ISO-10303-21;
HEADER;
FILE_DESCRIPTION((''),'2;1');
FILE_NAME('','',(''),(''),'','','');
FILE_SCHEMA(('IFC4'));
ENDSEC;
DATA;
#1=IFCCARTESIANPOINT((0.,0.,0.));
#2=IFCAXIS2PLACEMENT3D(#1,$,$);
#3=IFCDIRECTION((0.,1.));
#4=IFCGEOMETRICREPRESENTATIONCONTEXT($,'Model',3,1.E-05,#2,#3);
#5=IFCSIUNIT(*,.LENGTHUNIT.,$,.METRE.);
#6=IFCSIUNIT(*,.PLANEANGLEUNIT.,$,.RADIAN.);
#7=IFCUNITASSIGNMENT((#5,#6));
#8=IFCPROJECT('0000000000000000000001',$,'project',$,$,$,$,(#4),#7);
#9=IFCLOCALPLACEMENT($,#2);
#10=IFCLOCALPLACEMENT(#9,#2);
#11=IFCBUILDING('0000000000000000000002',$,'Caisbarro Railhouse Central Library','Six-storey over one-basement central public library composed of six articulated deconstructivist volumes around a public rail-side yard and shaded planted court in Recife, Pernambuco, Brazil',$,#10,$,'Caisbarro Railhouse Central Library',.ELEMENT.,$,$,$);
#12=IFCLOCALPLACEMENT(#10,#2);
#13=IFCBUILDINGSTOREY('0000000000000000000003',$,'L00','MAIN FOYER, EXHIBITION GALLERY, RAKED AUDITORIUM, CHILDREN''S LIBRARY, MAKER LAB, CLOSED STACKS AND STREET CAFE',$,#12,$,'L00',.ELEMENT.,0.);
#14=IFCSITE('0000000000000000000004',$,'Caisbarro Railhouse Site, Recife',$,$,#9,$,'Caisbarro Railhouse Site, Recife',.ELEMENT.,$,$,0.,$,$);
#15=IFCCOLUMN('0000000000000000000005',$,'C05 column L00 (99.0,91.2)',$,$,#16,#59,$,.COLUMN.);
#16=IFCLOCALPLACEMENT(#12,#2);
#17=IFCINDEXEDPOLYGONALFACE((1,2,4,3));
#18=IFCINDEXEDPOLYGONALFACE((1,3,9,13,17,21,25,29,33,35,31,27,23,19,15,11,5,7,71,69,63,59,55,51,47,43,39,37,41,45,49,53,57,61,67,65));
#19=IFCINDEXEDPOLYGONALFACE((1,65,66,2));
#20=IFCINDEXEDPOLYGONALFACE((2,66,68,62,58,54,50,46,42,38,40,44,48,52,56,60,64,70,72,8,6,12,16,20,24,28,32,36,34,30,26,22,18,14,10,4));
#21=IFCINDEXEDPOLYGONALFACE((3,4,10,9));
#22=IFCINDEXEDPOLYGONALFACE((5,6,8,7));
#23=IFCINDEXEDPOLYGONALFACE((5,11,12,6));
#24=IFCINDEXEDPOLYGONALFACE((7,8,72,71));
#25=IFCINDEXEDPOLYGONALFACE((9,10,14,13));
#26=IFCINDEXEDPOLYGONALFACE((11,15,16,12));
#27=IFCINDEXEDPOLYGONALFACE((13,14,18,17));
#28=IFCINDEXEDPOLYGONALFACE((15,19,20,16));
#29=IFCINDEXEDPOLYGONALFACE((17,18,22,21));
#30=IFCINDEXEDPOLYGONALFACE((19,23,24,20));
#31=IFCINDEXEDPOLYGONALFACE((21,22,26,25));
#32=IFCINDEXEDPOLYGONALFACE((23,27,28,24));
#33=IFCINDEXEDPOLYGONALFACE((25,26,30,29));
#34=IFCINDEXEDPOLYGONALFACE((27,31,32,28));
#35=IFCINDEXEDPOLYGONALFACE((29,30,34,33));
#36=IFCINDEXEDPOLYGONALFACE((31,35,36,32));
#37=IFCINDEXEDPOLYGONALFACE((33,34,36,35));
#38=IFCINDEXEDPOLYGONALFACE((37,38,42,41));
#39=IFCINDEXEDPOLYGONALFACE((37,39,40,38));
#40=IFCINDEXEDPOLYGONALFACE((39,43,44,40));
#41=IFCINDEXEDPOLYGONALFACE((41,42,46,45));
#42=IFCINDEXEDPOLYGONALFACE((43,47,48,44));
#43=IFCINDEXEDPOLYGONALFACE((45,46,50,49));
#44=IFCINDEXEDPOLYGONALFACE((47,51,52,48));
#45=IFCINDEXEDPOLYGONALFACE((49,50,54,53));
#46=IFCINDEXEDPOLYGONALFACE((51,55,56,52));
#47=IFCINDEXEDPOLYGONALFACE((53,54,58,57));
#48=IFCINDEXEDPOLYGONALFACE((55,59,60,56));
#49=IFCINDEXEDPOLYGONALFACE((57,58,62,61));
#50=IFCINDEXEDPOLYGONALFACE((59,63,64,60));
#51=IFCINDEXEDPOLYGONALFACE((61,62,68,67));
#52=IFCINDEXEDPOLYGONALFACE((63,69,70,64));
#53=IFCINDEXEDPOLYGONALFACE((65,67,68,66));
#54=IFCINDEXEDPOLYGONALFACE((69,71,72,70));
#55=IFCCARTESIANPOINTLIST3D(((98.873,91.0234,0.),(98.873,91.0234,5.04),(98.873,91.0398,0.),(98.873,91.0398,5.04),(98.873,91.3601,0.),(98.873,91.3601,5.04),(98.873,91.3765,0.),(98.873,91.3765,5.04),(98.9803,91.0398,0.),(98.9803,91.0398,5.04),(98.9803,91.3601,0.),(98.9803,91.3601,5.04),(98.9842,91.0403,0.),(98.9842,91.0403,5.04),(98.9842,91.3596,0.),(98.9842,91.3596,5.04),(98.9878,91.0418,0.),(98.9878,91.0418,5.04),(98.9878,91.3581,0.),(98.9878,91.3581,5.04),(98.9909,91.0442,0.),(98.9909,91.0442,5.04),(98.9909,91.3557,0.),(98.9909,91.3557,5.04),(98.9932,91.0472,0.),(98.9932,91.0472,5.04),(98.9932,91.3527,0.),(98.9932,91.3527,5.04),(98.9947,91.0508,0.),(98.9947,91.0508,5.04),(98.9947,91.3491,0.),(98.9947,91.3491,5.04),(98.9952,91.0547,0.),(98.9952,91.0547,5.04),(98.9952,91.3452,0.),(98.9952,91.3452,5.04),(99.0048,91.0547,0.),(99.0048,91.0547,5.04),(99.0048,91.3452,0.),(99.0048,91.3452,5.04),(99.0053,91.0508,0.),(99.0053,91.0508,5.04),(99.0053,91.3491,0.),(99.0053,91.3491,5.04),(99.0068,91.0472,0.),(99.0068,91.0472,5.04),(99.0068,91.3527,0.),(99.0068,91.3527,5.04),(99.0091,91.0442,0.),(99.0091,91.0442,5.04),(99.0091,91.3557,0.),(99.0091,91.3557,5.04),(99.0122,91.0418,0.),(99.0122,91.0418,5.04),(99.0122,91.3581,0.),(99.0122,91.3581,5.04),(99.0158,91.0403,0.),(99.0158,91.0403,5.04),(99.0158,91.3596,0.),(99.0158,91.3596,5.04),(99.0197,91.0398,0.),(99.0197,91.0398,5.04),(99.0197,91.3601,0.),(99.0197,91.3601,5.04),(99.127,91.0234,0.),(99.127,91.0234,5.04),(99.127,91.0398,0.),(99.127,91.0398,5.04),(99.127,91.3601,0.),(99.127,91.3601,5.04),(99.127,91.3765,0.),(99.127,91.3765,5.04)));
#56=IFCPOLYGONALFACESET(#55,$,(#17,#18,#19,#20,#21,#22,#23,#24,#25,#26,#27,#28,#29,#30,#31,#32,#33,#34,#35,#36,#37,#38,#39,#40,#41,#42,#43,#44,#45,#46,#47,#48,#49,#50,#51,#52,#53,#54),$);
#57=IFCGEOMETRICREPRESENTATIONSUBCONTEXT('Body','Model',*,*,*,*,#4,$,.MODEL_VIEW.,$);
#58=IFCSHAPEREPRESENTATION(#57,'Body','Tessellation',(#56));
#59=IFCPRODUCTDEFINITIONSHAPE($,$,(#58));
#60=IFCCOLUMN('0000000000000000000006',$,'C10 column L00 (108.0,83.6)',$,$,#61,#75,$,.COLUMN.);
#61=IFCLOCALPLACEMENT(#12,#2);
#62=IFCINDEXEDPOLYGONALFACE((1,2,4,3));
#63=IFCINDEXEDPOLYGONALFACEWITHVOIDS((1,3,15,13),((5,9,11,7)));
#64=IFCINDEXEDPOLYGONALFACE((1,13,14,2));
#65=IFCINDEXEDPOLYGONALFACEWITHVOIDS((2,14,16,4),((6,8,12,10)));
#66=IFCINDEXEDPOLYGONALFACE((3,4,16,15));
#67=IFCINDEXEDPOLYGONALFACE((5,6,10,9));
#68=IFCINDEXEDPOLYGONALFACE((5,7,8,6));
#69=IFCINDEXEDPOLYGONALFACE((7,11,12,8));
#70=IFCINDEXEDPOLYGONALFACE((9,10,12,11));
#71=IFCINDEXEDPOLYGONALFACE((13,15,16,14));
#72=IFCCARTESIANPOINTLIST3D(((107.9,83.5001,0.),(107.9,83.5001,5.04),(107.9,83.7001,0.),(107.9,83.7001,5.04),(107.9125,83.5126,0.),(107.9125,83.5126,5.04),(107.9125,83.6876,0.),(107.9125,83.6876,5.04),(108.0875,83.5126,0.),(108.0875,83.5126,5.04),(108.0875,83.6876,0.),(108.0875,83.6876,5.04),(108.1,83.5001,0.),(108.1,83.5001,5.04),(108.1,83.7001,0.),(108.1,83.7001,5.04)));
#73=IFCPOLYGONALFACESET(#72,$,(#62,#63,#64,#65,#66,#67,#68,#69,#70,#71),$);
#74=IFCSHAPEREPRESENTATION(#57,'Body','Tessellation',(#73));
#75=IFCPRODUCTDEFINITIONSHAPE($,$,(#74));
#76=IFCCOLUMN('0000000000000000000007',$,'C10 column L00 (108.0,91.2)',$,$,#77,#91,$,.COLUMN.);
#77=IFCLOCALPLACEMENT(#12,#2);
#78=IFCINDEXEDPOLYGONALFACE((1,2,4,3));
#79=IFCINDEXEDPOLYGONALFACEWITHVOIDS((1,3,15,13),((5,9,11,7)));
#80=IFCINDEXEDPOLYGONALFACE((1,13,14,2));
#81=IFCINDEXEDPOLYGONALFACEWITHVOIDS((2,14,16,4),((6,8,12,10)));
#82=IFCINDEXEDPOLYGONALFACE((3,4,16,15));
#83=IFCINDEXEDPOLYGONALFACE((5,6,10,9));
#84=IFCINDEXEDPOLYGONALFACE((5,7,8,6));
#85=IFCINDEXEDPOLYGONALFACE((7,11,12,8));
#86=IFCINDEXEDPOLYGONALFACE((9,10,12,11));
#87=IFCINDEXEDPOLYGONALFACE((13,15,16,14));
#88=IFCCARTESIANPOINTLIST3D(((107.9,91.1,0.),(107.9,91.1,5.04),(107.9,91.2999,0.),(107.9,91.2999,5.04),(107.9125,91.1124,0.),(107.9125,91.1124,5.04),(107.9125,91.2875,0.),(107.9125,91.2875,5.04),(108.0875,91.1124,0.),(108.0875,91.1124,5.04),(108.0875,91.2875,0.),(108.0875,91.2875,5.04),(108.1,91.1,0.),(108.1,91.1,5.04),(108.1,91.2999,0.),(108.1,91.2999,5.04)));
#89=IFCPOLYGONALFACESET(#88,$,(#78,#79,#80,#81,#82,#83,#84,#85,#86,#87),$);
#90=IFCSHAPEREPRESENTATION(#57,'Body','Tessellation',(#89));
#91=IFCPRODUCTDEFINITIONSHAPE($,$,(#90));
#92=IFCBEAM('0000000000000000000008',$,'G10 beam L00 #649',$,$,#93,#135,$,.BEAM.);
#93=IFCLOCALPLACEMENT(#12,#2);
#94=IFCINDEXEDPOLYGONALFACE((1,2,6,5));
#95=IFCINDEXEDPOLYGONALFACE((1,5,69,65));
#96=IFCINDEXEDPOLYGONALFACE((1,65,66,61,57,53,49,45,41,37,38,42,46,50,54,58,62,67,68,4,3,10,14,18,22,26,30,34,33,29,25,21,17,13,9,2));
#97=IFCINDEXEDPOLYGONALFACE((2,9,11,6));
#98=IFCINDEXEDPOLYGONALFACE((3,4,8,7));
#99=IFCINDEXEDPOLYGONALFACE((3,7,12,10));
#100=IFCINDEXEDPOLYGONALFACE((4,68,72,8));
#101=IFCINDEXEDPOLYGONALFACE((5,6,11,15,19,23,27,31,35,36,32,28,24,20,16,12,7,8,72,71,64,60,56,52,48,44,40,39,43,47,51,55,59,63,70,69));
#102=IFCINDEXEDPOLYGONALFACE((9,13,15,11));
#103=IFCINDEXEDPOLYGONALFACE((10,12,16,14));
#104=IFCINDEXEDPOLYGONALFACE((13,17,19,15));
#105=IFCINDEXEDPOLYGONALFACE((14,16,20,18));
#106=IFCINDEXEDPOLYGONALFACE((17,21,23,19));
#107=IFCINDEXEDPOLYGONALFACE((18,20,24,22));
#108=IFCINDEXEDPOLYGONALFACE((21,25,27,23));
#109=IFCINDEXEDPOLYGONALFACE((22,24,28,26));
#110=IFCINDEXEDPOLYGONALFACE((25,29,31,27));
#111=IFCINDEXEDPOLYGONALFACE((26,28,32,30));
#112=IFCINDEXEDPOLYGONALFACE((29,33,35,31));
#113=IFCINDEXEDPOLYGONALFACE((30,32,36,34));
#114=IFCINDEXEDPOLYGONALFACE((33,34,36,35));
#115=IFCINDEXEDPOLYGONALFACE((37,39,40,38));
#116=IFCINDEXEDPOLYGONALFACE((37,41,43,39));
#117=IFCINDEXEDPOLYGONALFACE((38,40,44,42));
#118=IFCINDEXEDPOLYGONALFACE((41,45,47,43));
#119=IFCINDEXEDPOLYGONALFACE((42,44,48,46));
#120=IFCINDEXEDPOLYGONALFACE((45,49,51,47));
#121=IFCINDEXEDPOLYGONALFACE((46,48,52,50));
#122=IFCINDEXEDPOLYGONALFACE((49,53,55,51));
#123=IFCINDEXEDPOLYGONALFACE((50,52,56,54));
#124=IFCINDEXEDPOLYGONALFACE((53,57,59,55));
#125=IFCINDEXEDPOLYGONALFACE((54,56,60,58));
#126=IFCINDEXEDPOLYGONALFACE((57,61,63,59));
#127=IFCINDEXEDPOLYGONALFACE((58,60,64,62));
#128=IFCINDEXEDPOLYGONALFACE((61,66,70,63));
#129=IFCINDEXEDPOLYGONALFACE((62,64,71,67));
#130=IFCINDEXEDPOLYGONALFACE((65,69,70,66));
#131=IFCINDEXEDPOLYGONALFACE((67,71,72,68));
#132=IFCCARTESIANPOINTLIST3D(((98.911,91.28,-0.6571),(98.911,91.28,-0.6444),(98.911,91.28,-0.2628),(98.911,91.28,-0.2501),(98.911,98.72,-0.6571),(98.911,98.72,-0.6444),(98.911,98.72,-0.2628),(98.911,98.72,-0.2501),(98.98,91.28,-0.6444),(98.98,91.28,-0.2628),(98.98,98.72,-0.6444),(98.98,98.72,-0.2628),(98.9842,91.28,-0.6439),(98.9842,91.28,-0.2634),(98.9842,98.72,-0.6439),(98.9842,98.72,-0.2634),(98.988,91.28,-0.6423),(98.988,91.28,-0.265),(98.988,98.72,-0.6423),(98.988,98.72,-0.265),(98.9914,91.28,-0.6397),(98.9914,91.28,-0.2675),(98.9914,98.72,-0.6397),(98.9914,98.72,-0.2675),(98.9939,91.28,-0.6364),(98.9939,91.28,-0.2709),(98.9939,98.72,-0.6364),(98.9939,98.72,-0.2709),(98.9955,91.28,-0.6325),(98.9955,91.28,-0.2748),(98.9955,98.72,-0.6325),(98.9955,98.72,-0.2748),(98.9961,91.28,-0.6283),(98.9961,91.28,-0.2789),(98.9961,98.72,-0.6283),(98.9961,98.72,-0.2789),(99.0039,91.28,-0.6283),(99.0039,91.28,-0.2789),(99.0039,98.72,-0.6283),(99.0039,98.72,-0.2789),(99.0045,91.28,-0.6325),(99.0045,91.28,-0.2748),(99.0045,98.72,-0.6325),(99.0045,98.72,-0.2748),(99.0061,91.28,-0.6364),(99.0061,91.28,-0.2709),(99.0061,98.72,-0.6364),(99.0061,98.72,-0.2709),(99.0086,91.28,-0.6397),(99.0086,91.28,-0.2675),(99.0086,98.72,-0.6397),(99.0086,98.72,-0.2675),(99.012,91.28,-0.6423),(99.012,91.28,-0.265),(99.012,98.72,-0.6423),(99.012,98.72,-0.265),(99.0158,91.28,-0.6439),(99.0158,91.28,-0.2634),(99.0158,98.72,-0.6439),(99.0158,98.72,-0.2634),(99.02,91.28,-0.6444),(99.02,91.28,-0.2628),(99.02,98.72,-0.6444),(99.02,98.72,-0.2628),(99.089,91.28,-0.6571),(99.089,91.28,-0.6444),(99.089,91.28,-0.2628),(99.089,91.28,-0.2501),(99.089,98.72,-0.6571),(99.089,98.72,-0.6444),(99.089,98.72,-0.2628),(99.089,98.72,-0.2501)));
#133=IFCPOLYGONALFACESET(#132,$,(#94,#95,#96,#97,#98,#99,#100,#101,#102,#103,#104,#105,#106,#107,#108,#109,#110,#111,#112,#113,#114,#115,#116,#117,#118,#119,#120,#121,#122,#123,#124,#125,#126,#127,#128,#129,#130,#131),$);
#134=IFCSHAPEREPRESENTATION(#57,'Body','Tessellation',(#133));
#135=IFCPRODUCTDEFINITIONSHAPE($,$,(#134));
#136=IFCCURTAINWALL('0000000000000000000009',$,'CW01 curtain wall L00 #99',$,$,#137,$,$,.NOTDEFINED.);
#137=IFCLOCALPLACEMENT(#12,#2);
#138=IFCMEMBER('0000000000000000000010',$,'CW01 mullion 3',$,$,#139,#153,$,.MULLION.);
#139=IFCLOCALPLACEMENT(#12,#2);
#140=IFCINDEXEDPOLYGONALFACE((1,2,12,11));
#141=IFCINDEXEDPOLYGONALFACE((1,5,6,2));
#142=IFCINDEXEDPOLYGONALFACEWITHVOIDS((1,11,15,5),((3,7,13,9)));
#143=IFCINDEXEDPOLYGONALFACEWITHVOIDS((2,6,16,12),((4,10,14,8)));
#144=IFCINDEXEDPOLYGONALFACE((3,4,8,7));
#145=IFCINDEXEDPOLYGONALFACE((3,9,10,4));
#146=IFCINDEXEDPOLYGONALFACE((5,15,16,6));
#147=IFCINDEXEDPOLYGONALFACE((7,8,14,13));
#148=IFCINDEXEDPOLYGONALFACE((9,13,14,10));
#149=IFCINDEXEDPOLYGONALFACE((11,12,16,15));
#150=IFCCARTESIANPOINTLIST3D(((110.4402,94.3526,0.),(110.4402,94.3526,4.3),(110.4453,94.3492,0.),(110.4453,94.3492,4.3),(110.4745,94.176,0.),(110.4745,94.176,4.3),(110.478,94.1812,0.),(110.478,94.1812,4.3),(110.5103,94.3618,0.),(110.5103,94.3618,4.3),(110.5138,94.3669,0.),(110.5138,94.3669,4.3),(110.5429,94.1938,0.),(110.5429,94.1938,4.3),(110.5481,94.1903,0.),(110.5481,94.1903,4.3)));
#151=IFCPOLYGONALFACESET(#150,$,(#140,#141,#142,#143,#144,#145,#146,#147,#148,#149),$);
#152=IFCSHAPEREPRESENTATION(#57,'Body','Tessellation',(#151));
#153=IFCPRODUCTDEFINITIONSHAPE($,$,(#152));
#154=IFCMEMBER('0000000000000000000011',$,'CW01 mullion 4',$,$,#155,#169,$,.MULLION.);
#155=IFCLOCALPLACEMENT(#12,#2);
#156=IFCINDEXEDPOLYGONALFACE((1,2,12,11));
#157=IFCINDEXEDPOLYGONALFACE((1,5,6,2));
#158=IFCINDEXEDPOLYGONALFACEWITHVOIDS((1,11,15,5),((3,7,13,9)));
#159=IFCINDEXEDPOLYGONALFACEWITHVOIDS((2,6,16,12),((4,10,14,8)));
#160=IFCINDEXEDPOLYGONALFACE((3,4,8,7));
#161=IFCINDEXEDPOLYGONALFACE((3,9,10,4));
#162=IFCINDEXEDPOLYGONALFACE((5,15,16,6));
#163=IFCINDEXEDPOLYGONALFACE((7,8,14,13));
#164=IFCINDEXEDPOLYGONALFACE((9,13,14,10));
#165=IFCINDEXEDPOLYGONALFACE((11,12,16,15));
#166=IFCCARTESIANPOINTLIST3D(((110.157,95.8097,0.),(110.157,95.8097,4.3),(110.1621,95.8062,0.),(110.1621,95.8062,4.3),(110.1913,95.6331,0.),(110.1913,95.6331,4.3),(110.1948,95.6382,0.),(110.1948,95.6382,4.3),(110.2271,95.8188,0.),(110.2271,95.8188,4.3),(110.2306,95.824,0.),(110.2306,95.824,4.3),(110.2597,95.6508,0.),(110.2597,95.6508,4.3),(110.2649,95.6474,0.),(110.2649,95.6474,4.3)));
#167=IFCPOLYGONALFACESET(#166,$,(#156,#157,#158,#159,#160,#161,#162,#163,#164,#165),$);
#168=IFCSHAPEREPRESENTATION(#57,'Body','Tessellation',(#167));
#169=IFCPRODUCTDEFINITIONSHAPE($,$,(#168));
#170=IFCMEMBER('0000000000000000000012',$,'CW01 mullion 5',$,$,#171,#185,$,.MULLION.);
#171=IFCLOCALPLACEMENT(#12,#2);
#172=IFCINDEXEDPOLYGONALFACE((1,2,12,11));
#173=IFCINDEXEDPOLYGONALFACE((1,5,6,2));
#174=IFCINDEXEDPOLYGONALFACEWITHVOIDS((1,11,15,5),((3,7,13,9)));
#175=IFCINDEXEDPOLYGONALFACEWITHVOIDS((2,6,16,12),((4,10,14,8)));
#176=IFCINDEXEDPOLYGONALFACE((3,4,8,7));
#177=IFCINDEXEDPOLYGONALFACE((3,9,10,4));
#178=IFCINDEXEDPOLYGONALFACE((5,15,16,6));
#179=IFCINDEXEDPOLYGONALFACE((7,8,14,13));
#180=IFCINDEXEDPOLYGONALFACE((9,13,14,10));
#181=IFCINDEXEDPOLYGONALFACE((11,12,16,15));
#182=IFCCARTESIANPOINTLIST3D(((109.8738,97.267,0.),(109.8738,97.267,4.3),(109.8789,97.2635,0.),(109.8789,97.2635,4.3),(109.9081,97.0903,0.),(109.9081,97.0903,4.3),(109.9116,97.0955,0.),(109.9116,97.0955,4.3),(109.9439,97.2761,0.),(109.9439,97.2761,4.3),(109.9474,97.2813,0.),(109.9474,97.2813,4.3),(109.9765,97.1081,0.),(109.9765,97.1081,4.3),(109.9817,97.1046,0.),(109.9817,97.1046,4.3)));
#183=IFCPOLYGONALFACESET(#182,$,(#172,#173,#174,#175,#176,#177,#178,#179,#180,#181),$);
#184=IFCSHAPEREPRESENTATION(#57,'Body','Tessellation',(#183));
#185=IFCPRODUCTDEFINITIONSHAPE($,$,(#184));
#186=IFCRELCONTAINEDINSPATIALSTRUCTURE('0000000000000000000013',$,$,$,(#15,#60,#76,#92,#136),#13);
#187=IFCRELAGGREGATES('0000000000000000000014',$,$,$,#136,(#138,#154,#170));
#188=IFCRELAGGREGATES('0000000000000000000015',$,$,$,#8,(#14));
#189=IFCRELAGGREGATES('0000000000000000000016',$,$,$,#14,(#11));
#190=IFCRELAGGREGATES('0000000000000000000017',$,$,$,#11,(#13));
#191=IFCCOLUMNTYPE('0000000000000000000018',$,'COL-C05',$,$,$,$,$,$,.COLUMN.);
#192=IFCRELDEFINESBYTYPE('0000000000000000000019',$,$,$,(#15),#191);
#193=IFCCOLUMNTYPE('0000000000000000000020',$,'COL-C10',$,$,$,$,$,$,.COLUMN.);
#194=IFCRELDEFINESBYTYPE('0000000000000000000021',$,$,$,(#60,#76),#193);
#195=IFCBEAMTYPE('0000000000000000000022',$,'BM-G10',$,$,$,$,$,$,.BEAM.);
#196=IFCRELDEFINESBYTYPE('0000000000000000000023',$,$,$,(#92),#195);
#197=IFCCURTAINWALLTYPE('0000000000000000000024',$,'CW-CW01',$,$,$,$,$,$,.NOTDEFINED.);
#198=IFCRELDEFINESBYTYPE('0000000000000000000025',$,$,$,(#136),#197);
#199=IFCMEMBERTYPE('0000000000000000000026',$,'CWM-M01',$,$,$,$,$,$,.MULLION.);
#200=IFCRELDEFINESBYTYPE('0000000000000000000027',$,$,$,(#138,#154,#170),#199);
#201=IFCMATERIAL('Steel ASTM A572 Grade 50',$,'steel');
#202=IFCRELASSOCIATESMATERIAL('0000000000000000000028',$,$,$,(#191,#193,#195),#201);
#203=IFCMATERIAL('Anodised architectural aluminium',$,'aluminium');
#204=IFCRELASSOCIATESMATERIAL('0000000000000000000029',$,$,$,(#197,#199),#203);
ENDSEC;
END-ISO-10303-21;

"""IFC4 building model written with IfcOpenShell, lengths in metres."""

from ifc_helpers import new_model, si_unit, direction, frame, origin, origin_2d, place, context, subcontext, project, spatial, hollow_rectangle, i_section, extrude, material, material_profile, profile_set, type_object, element, aggregate, save


model = new_model("IFC4")

# Units and contexts
model_context = context("Model", 3, precision=1e-05, world=origin(), true_north=direction((0.0, 1.0)))
body_context = subcontext(model_context, "Body", "Model", "MODEL_VIEW")
ifc_project = project(units=[si_unit("LENGTHUNIT", "METRE"), si_unit("PLANEANGLEUNIT", "RADIAN")], contexts=[model_context])

# Site, building, storey
site_placement = place(None, origin())
site = spatial("IfcSite", under=ifc_project, at=site_placement, Name="Caisbarro Railhouse Site, Recife", LongName="Caisbarro Railhouse Site, Recife", CompositionType="ELEMENT", RefElevation=0.0)
building_placement = place(site_placement, origin())
building = spatial("IfcBuilding", under=site, at=building_placement, Name="Caisbarro Railhouse Central Library", Description="Six-storey over one-basement central public library composed of six articulated deconstructivist volumes around a public rail-side yard and shaded planted court in Recife, Pernambuco, Brazil", LongName="Caisbarro Railhouse Central Library", CompositionType="ELEMENT")
storey_placement = place(building_placement, origin())
storey = spatial("IfcBuildingStorey", under=building, at=storey_placement, Name="L00", Description="MAIN FOYER, EXHIBITION GALLERY, RAKED AUDITORIUM, CHILDREN'S LIBRARY, MAKER LAB, CLOSED STACKS AND STREET CAFE", LongName="L00", CompositionType="ELEMENT", Elevation=0.0)

# Columns
ifc_material_1 = material(Name="Steel ASTM A572 Grade 50", Category="steel")
ifc_material_profile_1 = material_profile(ifc_material_1, i_section(OverallWidth=0.2539, OverallDepth=0.353, WebThickness=0.0095, FlangeThickness=0.0164, FilletRadius=0.0149, at=origin_2d()), Name="W360X91.0")
ifc_profile_set_1 = profile_set([ifc_material_profile_1], Name="Steel ASTM A572 Grade 50")
column_type_1 = type_object("IfcColumnType", Name="COL-C05", PredefinedType="COLUMN", material=ifc_profile_set_1)
column_placement = place(storey_placement, frame((99.0, 91.2, 0.0), z_axis=(0.0, 0.0, 1.0), x_axis=(1.0, 0.0, 0.0)))
element("IfcColumn", 1, at=column_placement, inside=storey, type_object=column_type_1, Name="C05 column L00 (99.0,91.2)", PredefinedType="COLUMN", context=body_context, shape_type="SweptSolid", body=[
    extrude(i_section(OverallWidth=0.2539, OverallDepth=0.353, WebThickness=0.0095, FlangeThickness=0.0164, FilletRadius=0.0149, at=origin_2d()), origin(), (0.0, 0.0, 1.0), 5.04),
])
ifc_material_profile_2 = material_profile(ifc_material_1, hollow_rectangle(XDim=0.2, YDim=0.2, WallThickness=0.0125, at=origin_2d()), Name="HSS200X200X12.5")
ifc_profile_set_2 = profile_set([ifc_material_profile_2], Name="Steel ASTM A572 Grade 50")
column_type_2 = type_object("IfcColumnType", Name="COL-C10", PredefinedType="COLUMN", material=ifc_profile_set_2)
for number, where, z_axis, x_axis, name in (
    (2, (108.0, 83.6001, 0.0), (0.0, 0.0, 1.0), (1.0, 0.0, 0.0), "C10 column L00 (108.0,83.6)"),
    (3, (108.0, 91.2, 0.0), (0.0, 0.0, 1.0), (1.0, 0.0, 0.0), "C10 column L00 (108.0,91.2)"),
):
    element("IfcColumn", number, at=place(storey_placement, frame(where, z_axis=z_axis, x_axis=x_axis)), inside=storey, type_object=column_type_2, Name=name, PredefinedType="COLUMN", context=body_context, shape_type="SweptSolid", body=[
        extrude(hollow_rectangle(XDim=0.2, YDim=0.2, WallThickness=0.0125, at=origin_2d()), origin(), (0.0, 0.0, 1.0), 5.04),
    ])

# Beam
ifc_material_profile_3 = material_profile(ifc_material_1, i_section(OverallWidth=0.178, OverallDepth=0.407, WebThickness=0.0078, FlangeThickness=0.0127, FilletRadius=0.0161, at=origin_2d()), Name="W410X60.0")
ifc_profile_set_3 = profile_set([ifc_material_profile_3], Name="Steel ASTM A572 Grade 50")
beam_type = type_object("IfcBeamType", Name="BM-G10", PredefinedType="BEAM", material=ifc_profile_set_3)
beam_placement = place(storey_placement, frame((99.0, 91.28, -0.4536), z_axis=(0.0, 1.0, 0.0), x_axis=(-1.0, 0.0, 0.0)))
element("IfcBeam", 4, at=beam_placement, inside=storey, type_object=beam_type, Name="G10 beam L00 #649", PredefinedType="BEAM", context=body_context, shape_type="SweptSolid", body=[
    extrude(i_section(OverallWidth=0.178, OverallDepth=0.407, WebThickness=0.0078, FlangeThickness=0.0127, FilletRadius=0.0161, at=origin_2d()), origin(), (0.0, 0.0, 1.0), 7.4399),
])

# Curtain wall, members
ifc_material_2 = material(Name="Anodised architectural aluminium", Category="aluminium")
curtain_wall_type = type_object("IfcCurtainWallType", Name="CW-CW01", PredefinedType="NOTDEFINED", material=ifc_material_2)
curtain_wall_placement = place(storey_placement, origin())
curtain_wall = element("IfcCurtainWall", 5, at=curtain_wall_placement, inside=storey, type_object=curtain_wall_type, Name="CW01 curtain wall L00 #99", PredefinedType="NOTDEFINED")
ifc_material_profile_4 = material_profile(ifc_material_2, hollow_rectangle(XDim=0.075, YDim=0.1799, WallThickness=0.0044, at=origin_2d()), Name="ALU-MUL-75X180")
ifc_profile_set_4 = profile_set([ifc_material_profile_4], Name="Anodised architectural aluminium")
member_type_1 = type_object("IfcMemberType", Name="CWM-M01", PredefinedType="MULLION", material=ifc_profile_set_4)
member_1_placement = place(storey_placement, frame((110.4941, 94.2715, 0.0), z_axis=(0.0, 0.0, 1.0), x_axis=(-0.981633, -0.190781, 0.0)))
member_1 = element("IfcMember", 6, at=member_1_placement, type_object=member_type_1, Name="CW01 mullion 3", PredefinedType="MULLION", context=body_context, shape_type="SweptSolid", body=[
    extrude(hollow_rectangle(XDim=0.075, YDim=0.1799, WallThickness=0.0044, at=origin_2d()), origin(), (0.0, 0.0, 1.0), 4.3),
])
member_2_placement = place(storey_placement, frame((110.2109, 95.7285, 0.0), z_axis=(0.0, 0.0, 1.0), x_axis=(-0.981633, -0.190781, 0.0)))
member_2 = element("IfcMember", 7, at=member_2_placement, type_object=member_type_1, Name="CW01 mullion 4", PredefinedType="MULLION", context=body_context, shape_type="SweptSolid", body=[
    extrude(hollow_rectangle(XDim=0.075, YDim=0.1799, WallThickness=0.0044, at=origin_2d()), origin(), (0.0, 0.0, 1.0), 4.3),
])
member_3_placement = place(storey_placement, frame((109.9277, 97.1858, 0.0), z_axis=(0.0, 0.0, 1.0), x_axis=(-0.981633, -0.190781, 0.0)))
member_3 = element("IfcMember", 8, at=member_3_placement, type_object=member_type_1, Name="CW01 mullion 5", PredefinedType="MULLION", context=body_context, shape_type="SweptSolid", body=[
    extrude(hollow_rectangle(XDim=0.075, YDim=0.1799, WallThickness=0.0044, at=origin_2d()), origin(), (0.0, 0.0, 1.0), 4.3),
])
aggregate(curtain_wall, [member_1, member_2, member_3])

save(model, "model.ifc")
